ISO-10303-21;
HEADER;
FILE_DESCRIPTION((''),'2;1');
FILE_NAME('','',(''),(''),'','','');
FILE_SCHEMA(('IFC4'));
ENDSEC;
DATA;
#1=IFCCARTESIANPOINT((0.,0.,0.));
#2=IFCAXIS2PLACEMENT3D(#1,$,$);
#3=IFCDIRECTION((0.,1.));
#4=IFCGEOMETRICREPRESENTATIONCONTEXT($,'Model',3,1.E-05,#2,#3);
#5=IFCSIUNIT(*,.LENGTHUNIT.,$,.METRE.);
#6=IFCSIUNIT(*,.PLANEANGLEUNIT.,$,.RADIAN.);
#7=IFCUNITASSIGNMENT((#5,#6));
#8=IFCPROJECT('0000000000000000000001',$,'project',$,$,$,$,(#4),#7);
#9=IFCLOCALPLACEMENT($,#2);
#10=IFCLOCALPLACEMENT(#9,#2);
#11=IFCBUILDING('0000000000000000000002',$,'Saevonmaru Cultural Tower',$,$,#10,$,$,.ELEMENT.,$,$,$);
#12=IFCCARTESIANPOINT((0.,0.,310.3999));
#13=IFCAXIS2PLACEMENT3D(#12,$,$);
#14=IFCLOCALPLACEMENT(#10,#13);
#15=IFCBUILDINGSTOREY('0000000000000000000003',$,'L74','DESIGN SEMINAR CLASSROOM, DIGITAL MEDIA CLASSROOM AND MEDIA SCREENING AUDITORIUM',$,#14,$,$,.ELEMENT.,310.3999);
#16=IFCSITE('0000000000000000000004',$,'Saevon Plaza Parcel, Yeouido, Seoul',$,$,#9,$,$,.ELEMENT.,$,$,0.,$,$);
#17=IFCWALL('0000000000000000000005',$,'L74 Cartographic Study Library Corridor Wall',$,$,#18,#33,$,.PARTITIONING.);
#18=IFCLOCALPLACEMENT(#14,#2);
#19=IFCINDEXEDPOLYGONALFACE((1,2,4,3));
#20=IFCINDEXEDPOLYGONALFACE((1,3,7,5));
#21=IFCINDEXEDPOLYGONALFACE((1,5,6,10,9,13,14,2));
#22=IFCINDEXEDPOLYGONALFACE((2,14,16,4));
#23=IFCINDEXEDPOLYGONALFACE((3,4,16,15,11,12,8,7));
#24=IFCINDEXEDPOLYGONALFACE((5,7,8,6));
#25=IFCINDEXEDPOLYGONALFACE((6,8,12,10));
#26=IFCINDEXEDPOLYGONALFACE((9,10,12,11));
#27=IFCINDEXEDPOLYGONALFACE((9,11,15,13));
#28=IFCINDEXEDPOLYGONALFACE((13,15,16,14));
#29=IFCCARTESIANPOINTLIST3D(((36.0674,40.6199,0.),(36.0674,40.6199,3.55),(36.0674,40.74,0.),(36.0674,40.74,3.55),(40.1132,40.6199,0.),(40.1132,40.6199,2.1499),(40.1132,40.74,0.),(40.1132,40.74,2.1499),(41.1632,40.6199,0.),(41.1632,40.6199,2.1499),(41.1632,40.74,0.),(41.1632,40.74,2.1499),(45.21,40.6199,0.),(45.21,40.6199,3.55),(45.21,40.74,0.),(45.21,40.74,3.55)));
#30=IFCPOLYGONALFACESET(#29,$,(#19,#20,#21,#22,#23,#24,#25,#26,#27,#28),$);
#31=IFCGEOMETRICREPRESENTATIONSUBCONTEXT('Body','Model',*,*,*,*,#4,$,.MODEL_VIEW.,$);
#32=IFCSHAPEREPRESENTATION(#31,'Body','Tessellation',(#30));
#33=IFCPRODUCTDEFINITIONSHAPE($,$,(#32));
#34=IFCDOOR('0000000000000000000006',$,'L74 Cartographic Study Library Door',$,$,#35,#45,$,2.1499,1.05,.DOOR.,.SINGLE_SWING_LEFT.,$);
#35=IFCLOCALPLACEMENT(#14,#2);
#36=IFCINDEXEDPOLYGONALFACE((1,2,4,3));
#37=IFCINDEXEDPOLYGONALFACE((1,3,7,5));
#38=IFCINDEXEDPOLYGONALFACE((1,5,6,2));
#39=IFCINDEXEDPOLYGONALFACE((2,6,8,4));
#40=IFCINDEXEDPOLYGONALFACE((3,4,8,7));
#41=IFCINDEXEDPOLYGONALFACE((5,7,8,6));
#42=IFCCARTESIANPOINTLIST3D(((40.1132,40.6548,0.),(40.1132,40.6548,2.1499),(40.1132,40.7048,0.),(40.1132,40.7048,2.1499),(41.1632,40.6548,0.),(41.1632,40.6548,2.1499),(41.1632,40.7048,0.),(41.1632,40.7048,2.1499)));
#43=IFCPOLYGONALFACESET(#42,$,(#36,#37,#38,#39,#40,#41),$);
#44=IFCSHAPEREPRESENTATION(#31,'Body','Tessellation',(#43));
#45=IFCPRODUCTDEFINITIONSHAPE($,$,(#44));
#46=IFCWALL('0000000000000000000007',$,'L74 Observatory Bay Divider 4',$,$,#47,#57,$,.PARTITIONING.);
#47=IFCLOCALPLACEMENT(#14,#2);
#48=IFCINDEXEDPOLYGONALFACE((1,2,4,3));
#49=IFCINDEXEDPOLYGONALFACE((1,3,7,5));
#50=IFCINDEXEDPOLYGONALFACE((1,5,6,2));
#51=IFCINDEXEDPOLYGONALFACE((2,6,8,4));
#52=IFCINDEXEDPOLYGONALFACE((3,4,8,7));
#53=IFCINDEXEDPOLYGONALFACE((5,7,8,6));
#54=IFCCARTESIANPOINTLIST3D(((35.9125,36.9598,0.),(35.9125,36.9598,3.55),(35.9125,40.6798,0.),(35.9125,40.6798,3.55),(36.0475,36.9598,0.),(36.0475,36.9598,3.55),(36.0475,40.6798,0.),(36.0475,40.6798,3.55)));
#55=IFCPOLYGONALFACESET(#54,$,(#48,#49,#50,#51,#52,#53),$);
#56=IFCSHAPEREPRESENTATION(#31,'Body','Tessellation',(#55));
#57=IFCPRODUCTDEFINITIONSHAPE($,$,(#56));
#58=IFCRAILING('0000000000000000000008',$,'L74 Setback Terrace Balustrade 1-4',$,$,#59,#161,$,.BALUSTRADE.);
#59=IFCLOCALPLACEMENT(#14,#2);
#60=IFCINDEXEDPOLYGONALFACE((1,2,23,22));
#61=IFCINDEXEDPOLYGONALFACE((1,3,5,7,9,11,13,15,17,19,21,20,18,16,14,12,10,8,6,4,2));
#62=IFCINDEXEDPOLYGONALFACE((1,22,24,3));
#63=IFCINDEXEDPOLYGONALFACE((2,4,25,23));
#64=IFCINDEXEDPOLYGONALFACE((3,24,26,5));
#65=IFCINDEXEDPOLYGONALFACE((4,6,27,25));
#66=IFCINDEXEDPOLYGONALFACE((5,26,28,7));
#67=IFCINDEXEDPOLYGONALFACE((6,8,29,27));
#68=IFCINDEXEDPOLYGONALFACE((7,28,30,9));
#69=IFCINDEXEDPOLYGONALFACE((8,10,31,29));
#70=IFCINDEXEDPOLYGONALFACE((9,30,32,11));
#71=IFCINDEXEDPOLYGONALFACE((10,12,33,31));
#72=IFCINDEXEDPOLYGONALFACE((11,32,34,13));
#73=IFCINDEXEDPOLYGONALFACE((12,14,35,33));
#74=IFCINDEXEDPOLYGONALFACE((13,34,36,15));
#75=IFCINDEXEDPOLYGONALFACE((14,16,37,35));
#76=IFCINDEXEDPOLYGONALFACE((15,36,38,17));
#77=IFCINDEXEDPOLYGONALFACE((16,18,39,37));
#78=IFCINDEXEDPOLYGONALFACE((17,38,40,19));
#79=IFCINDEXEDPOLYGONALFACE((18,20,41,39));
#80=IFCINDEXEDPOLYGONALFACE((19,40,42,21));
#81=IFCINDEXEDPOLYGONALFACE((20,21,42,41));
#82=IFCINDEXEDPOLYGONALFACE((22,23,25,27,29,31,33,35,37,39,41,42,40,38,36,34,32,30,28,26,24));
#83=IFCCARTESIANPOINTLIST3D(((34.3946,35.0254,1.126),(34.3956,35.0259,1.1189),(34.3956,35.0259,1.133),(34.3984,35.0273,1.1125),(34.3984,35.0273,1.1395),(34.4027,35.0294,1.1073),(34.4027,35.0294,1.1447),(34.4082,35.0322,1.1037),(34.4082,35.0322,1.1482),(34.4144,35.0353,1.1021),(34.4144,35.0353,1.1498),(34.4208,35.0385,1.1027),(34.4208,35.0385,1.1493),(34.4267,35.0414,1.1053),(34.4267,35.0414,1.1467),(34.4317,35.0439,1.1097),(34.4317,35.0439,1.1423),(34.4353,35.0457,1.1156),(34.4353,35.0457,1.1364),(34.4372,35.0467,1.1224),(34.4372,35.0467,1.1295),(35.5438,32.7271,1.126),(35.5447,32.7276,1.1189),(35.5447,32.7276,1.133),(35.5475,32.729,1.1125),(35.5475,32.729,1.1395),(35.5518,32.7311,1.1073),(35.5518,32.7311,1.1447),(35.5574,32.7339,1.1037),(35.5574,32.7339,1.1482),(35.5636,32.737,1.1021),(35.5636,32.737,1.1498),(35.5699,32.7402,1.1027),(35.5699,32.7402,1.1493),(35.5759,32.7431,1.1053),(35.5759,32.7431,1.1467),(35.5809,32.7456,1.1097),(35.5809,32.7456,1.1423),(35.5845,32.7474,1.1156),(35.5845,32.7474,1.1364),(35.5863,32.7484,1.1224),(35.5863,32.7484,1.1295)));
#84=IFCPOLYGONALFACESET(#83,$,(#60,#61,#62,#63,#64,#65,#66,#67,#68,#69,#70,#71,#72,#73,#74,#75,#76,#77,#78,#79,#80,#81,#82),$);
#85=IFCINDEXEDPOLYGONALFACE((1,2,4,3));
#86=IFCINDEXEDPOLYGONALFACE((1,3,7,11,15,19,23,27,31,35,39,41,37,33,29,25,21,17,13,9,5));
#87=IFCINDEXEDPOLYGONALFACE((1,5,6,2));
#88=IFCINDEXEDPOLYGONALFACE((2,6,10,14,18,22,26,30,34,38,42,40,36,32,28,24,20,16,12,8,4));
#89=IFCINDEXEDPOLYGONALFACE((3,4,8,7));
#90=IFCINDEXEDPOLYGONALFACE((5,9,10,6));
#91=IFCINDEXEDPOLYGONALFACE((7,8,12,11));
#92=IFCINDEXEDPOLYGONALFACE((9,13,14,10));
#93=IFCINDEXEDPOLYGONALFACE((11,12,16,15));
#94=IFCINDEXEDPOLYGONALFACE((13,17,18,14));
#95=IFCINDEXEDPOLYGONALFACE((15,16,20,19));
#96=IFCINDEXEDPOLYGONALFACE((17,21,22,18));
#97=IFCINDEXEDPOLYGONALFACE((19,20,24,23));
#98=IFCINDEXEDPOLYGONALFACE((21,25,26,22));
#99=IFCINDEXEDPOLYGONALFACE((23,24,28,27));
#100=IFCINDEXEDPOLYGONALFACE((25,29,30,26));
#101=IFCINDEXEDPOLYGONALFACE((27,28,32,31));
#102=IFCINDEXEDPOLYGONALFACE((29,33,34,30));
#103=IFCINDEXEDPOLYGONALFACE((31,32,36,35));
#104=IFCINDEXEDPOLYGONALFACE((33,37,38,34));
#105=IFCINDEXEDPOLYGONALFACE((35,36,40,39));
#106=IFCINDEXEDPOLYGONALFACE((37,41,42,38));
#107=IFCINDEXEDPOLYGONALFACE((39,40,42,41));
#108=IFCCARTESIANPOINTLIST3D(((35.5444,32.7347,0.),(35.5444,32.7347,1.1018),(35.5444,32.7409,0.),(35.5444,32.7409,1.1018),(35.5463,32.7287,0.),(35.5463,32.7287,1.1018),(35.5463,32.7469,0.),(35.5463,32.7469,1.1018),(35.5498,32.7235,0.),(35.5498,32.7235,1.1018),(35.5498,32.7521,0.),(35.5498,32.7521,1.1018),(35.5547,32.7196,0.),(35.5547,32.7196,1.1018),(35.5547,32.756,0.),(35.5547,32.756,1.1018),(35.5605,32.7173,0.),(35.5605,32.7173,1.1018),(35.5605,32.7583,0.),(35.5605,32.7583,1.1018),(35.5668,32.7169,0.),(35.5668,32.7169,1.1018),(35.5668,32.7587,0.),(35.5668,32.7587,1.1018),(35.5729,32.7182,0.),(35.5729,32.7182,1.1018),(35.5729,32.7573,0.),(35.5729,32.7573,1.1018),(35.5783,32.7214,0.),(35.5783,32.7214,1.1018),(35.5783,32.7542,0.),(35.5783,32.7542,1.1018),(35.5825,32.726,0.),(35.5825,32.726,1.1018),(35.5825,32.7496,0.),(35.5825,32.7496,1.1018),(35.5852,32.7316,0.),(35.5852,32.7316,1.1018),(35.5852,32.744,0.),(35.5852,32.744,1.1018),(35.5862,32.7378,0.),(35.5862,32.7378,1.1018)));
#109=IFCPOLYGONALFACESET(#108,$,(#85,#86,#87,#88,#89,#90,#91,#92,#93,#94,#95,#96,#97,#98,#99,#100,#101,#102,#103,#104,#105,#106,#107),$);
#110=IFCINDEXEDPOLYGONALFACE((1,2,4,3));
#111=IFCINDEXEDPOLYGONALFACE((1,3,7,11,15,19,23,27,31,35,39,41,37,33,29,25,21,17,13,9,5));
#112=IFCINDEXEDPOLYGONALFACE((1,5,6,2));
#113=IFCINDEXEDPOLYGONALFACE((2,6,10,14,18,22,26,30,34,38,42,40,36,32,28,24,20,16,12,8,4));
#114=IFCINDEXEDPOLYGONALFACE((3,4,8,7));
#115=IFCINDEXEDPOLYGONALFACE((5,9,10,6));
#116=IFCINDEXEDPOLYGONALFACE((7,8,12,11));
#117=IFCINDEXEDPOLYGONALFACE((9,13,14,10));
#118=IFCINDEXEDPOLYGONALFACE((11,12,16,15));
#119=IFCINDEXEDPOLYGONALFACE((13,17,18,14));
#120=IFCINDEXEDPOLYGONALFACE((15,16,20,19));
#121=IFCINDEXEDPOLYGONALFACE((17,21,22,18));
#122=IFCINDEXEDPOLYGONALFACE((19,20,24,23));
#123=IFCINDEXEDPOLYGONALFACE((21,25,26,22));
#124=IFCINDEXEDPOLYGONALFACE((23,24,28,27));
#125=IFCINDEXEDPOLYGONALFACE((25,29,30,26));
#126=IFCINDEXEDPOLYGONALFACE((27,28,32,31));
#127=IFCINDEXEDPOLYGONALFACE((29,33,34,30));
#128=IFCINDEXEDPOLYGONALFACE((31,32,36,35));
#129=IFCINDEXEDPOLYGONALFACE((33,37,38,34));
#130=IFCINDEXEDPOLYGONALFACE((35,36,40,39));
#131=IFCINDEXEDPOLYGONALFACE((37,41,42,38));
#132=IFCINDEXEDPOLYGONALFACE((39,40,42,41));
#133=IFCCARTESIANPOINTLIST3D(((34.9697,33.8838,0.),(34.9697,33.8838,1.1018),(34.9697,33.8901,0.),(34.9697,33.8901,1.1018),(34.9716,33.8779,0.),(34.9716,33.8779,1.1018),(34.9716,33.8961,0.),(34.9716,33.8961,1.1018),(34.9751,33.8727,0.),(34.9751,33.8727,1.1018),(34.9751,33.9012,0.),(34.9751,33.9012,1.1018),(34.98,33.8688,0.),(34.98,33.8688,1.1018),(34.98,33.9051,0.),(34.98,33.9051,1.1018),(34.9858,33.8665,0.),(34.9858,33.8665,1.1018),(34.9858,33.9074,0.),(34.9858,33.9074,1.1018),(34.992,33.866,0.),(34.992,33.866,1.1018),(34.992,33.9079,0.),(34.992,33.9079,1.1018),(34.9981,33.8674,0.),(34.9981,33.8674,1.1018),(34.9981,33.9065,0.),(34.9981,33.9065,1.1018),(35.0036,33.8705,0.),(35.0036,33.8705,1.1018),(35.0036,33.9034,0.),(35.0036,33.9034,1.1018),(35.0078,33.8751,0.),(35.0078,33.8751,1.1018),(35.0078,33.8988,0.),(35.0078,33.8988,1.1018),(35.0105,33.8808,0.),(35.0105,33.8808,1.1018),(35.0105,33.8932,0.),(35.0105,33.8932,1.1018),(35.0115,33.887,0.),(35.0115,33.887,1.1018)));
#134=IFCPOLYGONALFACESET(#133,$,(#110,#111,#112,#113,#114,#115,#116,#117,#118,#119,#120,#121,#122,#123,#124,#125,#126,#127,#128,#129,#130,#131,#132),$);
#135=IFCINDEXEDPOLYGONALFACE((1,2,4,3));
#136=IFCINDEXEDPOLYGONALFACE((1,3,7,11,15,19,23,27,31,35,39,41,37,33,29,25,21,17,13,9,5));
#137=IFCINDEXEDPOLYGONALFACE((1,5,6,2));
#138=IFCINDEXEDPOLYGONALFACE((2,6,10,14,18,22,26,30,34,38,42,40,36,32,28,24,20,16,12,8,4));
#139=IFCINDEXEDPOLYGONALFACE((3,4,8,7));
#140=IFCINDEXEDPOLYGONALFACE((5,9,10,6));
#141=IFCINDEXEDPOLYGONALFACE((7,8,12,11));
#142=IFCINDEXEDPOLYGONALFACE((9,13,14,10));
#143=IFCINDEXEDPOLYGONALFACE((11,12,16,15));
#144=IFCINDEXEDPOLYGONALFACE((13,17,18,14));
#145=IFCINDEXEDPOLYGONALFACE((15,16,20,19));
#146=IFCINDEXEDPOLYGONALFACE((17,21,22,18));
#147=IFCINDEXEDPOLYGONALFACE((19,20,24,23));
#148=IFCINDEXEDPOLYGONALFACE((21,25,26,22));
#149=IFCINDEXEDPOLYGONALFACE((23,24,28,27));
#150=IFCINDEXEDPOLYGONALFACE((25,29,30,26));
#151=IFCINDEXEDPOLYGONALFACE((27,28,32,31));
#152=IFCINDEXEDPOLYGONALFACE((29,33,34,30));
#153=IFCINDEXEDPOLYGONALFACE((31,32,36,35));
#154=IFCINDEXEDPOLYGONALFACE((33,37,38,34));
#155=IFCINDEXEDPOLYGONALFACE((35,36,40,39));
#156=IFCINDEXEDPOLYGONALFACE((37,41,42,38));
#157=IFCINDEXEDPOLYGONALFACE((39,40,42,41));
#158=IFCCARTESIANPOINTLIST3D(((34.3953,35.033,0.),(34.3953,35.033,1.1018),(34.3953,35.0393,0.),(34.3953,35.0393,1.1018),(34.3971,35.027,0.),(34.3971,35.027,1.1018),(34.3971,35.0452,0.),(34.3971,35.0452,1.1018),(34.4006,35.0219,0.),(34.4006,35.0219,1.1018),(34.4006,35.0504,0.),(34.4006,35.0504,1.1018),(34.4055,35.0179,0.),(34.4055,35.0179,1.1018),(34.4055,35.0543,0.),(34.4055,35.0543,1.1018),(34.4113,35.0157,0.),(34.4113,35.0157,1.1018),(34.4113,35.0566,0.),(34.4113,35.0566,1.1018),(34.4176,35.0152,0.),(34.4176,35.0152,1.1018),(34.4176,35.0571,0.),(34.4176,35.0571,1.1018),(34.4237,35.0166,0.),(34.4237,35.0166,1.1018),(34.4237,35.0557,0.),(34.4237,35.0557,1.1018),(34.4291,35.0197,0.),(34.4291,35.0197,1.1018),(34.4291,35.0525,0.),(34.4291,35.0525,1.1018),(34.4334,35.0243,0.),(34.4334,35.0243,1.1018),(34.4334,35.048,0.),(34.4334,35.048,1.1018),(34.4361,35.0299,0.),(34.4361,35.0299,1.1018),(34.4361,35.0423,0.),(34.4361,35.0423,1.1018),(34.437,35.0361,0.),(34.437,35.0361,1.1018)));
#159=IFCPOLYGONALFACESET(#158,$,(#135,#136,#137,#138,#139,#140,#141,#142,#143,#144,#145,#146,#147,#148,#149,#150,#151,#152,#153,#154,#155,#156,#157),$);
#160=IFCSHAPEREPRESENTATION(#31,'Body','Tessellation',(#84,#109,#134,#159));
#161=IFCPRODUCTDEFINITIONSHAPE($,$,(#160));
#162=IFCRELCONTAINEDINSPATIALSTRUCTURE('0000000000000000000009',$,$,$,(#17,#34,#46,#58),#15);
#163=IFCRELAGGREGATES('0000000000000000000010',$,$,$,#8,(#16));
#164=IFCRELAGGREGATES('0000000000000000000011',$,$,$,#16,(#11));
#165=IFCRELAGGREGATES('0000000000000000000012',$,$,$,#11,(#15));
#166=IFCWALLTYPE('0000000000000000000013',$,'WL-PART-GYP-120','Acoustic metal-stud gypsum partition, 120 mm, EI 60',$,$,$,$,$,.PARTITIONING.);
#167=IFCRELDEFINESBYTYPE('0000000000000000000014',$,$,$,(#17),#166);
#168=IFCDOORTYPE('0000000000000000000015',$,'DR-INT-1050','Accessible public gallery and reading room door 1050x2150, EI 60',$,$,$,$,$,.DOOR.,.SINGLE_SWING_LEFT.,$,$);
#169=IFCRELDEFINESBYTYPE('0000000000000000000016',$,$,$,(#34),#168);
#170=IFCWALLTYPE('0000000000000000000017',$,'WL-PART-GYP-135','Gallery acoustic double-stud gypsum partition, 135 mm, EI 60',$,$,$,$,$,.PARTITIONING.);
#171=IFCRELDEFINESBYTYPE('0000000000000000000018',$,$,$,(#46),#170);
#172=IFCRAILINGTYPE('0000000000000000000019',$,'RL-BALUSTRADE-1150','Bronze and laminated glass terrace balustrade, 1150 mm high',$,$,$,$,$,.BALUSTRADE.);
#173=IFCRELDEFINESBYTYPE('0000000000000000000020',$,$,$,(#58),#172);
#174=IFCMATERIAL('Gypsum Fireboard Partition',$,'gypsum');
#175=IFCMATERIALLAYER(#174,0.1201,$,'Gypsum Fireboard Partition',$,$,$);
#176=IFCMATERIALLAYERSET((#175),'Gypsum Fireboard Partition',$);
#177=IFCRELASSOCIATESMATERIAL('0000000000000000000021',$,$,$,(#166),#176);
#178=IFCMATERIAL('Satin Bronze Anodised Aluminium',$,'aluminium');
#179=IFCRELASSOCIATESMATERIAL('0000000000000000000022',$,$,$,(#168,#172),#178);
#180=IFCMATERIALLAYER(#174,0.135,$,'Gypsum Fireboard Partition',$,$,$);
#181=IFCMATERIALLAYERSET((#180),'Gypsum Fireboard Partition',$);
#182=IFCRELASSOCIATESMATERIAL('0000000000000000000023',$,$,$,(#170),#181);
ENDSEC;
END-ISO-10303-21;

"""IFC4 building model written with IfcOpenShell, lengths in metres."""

from ifc_helpers import new_model, si_unit, direction, frame, frame_2d, origin, origin_2d, place, context, subcontext, project, spatial, rectangle, circle, extrude, material, layer, layer_set, type_object, element, fill, save


model = new_model("IFC4")

# Units and contexts
model_context = context("Model", 3, precision=1e-05, world=origin(), true_north=direction((0.0, 1.0)))
body_context = subcontext(model_context, "Body", "Model", "MODEL_VIEW")
ifc_project = project(units=[si_unit("LENGTHUNIT", "METRE"), si_unit("PLANEANGLEUNIT", "RADIAN")], contexts=[model_context])

# Site, building, storey
site_placement = place(None, origin())
site = spatial("IfcSite", under=ifc_project, at=site_placement, Name="Saevon Plaza Parcel, Yeouido, Seoul", CompositionType="ELEMENT", RefElevation=0.0)
building_placement = place(site_placement, origin())
building = spatial("IfcBuilding", under=site, at=building_placement, Name="Saevonmaru Cultural Tower", CompositionType="ELEMENT")
storey_placement = place(building_placement, frame((0.0, 0.0, 310.3999)))
storey = spatial("IfcBuildingStorey", under=building, at=storey_placement, Name="L74", Description="DESIGN SEMINAR CLASSROOM, DIGITAL MEDIA CLASSROOM AND MEDIA SCREENING AUDITORIUM", CompositionType="ELEMENT", Elevation=310.3999)

# Shared definitions
ifc_material_1 = material(Name="Gypsum Fireboard Partition", Category="gypsum")
ifc_material_2 = material(Name="Satin Bronze Anodised Aluminium", Category="aluminium")

# Wall, opening, door
ifc_layer_1 = layer(ifc_material_1, 0.1201, Name="Gypsum Fireboard Partition")
ifc_layer_set_1 = layer_set([ifc_layer_1], Name="Gypsum Fireboard Partition")
wall_type_1 = type_object("IfcWallType", Name="WL-PART-GYP-120", Description="Acoustic metal-stud gypsum partition, 120 mm, EI 60", PredefinedType="PARTITIONING", material=ifc_layer_set_1)
wall_1_placement = place(storey_placement, frame((36.0674, 40.6799, 0.0), z_axis=(0.0, 0.0, 1.0), x_axis=(1.0, 0.0, 0.0)))
wall_1 = element("IfcWall", 1, at=wall_1_placement, inside=storey, type_object=wall_type_1, Name="L74 Cartographic Study Library Corridor Wall", PredefinedType="PARTITIONING", context=body_context, shape_type="SweptSolid", body=[
    extrude(rectangle(XDim=9.1426, YDim=0.1201, at=frame_2d((4.5713, 0.0))), origin(), (0.0, 0.0, 1.0), 3.55),
])
opening_1_placement = place(wall_1_placement, frame((4.0459, 0.0, 0.0)))
opening_1 = element("IfcOpeningElement", 2, at=opening_1_placement, cuts=wall_1, PredefinedType="OPENING", context=body_context, shape_type="SweptSolid", body=[
    extrude(rectangle(XDim=1.05, YDim=2.1499, at=frame_2d((0.5249, 1.075))), frame((0.0, 0.0701, 0.0), z_axis=(0.0, -1.0, 0.0), x_axis=(1.0, 0.0, 0.0)), (0.0, 0.0, 1.0), 0.1401),
])
door_type_1 = type_object("IfcDoorType", Name="DR-INT-1050", Description="Accessible public gallery and reading room door 1050x2150, EI 60", OperationType="SINGLE_SWING_LEFT", PredefinedType="DOOR", material=ifc_material_2)
door_1_placement = place(opening_1_placement, origin())
door_1 = element("IfcDoor", 3, at=door_1_placement, inside=storey, type_object=door_type_1, Name="L74 Cartographic Study Library Door", OperationType="SINGLE_SWING_LEFT", OverallHeight=2.1499, OverallWidth=1.05, PredefinedType="DOOR", context=body_context, shape_type="SweptSolid", body=[
    extrude(rectangle(XDim=1.05, YDim=2.1499, at=frame_2d((0.5249, 1.075))), frame((0.0, 0.0249, 0.0), z_axis=(0.0, -1.0, 0.0), x_axis=(1.0, 0.0, 0.0)), (0.0, 0.0, 1.0), 0.05),
])
fill(opening_1, door_1)

# Wall
ifc_layer_2 = layer(ifc_material_1, 0.135, Name="Gypsum Fireboard Partition")
ifc_layer_set_2 = layer_set([ifc_layer_2], Name="Gypsum Fireboard Partition")
wall_type_2 = type_object("IfcWallType", Name="WL-PART-GYP-135", Description="Gallery acoustic double-stud gypsum partition, 135 mm, EI 60", PredefinedType="PARTITIONING", material=ifc_layer_set_2)
wall_2_placement = place(storey_placement, frame((35.98, 36.96, 0.0), z_axis=(0.0, 0.0, 1.0), x_axis=(0.0, 1.0, 0.0)))
element("IfcWall", 4, at=wall_2_placement, inside=storey, type_object=wall_type_2, Name="L74 Observatory Bay Divider 4", PredefinedType="PARTITIONING", context=body_context, shape_type="SweptSolid", body=[
    extrude(rectangle(XDim=3.72, YDim=0.135, at=frame_2d((1.8599, 0.0))), origin(), (0.0, 0.0, 1.0), 3.55),
])

# Railing
railing_type = type_object("IfcRailingType", Name="RL-BALUSTRADE-1150", Description="Bronze and laminated glass terrace balustrade, 1150 mm high", PredefinedType="BALUSTRADE", material=ifc_material_2)
railing_1_placement = place(storey_placement, frame((35.5652, 32.7378, 0.0)))
element("IfcRailing", 5, at=railing_1_placement, inside=storey, type_object=railing_type, Name="L74 Setback Terrace Balustrade 1-4", PredefinedType="BALUSTRADE", context=body_context, shape_type="SweptSolid", body=[
    extrude(circle(Radius=0.0239, at=origin_2d()), frame((0.0, 0.0, 1.126), z_axis=(-0.447214, 0.894427, 0.0), x_axis=(-0.894427, -0.447214, 0.0)), (0.0, 0.0, 1.0), 2.5696),
    extrude(circle(Radius=0.021, at=origin_2d()), origin(), (0.0, 0.0, 1.0), 1.1018),
    extrude(circle(Radius=0.021, at=origin_2d()), frame((-0.5747, 1.1492, 0.0)), (0.0, 0.0, 1.0), 1.1018),
    extrude(circle(Radius=0.021, at=origin_2d()), frame((-1.1492, 2.2983, 0.0)), (0.0, 0.0, 1.0), 1.1018),
])

save(model, "model.ifc")
